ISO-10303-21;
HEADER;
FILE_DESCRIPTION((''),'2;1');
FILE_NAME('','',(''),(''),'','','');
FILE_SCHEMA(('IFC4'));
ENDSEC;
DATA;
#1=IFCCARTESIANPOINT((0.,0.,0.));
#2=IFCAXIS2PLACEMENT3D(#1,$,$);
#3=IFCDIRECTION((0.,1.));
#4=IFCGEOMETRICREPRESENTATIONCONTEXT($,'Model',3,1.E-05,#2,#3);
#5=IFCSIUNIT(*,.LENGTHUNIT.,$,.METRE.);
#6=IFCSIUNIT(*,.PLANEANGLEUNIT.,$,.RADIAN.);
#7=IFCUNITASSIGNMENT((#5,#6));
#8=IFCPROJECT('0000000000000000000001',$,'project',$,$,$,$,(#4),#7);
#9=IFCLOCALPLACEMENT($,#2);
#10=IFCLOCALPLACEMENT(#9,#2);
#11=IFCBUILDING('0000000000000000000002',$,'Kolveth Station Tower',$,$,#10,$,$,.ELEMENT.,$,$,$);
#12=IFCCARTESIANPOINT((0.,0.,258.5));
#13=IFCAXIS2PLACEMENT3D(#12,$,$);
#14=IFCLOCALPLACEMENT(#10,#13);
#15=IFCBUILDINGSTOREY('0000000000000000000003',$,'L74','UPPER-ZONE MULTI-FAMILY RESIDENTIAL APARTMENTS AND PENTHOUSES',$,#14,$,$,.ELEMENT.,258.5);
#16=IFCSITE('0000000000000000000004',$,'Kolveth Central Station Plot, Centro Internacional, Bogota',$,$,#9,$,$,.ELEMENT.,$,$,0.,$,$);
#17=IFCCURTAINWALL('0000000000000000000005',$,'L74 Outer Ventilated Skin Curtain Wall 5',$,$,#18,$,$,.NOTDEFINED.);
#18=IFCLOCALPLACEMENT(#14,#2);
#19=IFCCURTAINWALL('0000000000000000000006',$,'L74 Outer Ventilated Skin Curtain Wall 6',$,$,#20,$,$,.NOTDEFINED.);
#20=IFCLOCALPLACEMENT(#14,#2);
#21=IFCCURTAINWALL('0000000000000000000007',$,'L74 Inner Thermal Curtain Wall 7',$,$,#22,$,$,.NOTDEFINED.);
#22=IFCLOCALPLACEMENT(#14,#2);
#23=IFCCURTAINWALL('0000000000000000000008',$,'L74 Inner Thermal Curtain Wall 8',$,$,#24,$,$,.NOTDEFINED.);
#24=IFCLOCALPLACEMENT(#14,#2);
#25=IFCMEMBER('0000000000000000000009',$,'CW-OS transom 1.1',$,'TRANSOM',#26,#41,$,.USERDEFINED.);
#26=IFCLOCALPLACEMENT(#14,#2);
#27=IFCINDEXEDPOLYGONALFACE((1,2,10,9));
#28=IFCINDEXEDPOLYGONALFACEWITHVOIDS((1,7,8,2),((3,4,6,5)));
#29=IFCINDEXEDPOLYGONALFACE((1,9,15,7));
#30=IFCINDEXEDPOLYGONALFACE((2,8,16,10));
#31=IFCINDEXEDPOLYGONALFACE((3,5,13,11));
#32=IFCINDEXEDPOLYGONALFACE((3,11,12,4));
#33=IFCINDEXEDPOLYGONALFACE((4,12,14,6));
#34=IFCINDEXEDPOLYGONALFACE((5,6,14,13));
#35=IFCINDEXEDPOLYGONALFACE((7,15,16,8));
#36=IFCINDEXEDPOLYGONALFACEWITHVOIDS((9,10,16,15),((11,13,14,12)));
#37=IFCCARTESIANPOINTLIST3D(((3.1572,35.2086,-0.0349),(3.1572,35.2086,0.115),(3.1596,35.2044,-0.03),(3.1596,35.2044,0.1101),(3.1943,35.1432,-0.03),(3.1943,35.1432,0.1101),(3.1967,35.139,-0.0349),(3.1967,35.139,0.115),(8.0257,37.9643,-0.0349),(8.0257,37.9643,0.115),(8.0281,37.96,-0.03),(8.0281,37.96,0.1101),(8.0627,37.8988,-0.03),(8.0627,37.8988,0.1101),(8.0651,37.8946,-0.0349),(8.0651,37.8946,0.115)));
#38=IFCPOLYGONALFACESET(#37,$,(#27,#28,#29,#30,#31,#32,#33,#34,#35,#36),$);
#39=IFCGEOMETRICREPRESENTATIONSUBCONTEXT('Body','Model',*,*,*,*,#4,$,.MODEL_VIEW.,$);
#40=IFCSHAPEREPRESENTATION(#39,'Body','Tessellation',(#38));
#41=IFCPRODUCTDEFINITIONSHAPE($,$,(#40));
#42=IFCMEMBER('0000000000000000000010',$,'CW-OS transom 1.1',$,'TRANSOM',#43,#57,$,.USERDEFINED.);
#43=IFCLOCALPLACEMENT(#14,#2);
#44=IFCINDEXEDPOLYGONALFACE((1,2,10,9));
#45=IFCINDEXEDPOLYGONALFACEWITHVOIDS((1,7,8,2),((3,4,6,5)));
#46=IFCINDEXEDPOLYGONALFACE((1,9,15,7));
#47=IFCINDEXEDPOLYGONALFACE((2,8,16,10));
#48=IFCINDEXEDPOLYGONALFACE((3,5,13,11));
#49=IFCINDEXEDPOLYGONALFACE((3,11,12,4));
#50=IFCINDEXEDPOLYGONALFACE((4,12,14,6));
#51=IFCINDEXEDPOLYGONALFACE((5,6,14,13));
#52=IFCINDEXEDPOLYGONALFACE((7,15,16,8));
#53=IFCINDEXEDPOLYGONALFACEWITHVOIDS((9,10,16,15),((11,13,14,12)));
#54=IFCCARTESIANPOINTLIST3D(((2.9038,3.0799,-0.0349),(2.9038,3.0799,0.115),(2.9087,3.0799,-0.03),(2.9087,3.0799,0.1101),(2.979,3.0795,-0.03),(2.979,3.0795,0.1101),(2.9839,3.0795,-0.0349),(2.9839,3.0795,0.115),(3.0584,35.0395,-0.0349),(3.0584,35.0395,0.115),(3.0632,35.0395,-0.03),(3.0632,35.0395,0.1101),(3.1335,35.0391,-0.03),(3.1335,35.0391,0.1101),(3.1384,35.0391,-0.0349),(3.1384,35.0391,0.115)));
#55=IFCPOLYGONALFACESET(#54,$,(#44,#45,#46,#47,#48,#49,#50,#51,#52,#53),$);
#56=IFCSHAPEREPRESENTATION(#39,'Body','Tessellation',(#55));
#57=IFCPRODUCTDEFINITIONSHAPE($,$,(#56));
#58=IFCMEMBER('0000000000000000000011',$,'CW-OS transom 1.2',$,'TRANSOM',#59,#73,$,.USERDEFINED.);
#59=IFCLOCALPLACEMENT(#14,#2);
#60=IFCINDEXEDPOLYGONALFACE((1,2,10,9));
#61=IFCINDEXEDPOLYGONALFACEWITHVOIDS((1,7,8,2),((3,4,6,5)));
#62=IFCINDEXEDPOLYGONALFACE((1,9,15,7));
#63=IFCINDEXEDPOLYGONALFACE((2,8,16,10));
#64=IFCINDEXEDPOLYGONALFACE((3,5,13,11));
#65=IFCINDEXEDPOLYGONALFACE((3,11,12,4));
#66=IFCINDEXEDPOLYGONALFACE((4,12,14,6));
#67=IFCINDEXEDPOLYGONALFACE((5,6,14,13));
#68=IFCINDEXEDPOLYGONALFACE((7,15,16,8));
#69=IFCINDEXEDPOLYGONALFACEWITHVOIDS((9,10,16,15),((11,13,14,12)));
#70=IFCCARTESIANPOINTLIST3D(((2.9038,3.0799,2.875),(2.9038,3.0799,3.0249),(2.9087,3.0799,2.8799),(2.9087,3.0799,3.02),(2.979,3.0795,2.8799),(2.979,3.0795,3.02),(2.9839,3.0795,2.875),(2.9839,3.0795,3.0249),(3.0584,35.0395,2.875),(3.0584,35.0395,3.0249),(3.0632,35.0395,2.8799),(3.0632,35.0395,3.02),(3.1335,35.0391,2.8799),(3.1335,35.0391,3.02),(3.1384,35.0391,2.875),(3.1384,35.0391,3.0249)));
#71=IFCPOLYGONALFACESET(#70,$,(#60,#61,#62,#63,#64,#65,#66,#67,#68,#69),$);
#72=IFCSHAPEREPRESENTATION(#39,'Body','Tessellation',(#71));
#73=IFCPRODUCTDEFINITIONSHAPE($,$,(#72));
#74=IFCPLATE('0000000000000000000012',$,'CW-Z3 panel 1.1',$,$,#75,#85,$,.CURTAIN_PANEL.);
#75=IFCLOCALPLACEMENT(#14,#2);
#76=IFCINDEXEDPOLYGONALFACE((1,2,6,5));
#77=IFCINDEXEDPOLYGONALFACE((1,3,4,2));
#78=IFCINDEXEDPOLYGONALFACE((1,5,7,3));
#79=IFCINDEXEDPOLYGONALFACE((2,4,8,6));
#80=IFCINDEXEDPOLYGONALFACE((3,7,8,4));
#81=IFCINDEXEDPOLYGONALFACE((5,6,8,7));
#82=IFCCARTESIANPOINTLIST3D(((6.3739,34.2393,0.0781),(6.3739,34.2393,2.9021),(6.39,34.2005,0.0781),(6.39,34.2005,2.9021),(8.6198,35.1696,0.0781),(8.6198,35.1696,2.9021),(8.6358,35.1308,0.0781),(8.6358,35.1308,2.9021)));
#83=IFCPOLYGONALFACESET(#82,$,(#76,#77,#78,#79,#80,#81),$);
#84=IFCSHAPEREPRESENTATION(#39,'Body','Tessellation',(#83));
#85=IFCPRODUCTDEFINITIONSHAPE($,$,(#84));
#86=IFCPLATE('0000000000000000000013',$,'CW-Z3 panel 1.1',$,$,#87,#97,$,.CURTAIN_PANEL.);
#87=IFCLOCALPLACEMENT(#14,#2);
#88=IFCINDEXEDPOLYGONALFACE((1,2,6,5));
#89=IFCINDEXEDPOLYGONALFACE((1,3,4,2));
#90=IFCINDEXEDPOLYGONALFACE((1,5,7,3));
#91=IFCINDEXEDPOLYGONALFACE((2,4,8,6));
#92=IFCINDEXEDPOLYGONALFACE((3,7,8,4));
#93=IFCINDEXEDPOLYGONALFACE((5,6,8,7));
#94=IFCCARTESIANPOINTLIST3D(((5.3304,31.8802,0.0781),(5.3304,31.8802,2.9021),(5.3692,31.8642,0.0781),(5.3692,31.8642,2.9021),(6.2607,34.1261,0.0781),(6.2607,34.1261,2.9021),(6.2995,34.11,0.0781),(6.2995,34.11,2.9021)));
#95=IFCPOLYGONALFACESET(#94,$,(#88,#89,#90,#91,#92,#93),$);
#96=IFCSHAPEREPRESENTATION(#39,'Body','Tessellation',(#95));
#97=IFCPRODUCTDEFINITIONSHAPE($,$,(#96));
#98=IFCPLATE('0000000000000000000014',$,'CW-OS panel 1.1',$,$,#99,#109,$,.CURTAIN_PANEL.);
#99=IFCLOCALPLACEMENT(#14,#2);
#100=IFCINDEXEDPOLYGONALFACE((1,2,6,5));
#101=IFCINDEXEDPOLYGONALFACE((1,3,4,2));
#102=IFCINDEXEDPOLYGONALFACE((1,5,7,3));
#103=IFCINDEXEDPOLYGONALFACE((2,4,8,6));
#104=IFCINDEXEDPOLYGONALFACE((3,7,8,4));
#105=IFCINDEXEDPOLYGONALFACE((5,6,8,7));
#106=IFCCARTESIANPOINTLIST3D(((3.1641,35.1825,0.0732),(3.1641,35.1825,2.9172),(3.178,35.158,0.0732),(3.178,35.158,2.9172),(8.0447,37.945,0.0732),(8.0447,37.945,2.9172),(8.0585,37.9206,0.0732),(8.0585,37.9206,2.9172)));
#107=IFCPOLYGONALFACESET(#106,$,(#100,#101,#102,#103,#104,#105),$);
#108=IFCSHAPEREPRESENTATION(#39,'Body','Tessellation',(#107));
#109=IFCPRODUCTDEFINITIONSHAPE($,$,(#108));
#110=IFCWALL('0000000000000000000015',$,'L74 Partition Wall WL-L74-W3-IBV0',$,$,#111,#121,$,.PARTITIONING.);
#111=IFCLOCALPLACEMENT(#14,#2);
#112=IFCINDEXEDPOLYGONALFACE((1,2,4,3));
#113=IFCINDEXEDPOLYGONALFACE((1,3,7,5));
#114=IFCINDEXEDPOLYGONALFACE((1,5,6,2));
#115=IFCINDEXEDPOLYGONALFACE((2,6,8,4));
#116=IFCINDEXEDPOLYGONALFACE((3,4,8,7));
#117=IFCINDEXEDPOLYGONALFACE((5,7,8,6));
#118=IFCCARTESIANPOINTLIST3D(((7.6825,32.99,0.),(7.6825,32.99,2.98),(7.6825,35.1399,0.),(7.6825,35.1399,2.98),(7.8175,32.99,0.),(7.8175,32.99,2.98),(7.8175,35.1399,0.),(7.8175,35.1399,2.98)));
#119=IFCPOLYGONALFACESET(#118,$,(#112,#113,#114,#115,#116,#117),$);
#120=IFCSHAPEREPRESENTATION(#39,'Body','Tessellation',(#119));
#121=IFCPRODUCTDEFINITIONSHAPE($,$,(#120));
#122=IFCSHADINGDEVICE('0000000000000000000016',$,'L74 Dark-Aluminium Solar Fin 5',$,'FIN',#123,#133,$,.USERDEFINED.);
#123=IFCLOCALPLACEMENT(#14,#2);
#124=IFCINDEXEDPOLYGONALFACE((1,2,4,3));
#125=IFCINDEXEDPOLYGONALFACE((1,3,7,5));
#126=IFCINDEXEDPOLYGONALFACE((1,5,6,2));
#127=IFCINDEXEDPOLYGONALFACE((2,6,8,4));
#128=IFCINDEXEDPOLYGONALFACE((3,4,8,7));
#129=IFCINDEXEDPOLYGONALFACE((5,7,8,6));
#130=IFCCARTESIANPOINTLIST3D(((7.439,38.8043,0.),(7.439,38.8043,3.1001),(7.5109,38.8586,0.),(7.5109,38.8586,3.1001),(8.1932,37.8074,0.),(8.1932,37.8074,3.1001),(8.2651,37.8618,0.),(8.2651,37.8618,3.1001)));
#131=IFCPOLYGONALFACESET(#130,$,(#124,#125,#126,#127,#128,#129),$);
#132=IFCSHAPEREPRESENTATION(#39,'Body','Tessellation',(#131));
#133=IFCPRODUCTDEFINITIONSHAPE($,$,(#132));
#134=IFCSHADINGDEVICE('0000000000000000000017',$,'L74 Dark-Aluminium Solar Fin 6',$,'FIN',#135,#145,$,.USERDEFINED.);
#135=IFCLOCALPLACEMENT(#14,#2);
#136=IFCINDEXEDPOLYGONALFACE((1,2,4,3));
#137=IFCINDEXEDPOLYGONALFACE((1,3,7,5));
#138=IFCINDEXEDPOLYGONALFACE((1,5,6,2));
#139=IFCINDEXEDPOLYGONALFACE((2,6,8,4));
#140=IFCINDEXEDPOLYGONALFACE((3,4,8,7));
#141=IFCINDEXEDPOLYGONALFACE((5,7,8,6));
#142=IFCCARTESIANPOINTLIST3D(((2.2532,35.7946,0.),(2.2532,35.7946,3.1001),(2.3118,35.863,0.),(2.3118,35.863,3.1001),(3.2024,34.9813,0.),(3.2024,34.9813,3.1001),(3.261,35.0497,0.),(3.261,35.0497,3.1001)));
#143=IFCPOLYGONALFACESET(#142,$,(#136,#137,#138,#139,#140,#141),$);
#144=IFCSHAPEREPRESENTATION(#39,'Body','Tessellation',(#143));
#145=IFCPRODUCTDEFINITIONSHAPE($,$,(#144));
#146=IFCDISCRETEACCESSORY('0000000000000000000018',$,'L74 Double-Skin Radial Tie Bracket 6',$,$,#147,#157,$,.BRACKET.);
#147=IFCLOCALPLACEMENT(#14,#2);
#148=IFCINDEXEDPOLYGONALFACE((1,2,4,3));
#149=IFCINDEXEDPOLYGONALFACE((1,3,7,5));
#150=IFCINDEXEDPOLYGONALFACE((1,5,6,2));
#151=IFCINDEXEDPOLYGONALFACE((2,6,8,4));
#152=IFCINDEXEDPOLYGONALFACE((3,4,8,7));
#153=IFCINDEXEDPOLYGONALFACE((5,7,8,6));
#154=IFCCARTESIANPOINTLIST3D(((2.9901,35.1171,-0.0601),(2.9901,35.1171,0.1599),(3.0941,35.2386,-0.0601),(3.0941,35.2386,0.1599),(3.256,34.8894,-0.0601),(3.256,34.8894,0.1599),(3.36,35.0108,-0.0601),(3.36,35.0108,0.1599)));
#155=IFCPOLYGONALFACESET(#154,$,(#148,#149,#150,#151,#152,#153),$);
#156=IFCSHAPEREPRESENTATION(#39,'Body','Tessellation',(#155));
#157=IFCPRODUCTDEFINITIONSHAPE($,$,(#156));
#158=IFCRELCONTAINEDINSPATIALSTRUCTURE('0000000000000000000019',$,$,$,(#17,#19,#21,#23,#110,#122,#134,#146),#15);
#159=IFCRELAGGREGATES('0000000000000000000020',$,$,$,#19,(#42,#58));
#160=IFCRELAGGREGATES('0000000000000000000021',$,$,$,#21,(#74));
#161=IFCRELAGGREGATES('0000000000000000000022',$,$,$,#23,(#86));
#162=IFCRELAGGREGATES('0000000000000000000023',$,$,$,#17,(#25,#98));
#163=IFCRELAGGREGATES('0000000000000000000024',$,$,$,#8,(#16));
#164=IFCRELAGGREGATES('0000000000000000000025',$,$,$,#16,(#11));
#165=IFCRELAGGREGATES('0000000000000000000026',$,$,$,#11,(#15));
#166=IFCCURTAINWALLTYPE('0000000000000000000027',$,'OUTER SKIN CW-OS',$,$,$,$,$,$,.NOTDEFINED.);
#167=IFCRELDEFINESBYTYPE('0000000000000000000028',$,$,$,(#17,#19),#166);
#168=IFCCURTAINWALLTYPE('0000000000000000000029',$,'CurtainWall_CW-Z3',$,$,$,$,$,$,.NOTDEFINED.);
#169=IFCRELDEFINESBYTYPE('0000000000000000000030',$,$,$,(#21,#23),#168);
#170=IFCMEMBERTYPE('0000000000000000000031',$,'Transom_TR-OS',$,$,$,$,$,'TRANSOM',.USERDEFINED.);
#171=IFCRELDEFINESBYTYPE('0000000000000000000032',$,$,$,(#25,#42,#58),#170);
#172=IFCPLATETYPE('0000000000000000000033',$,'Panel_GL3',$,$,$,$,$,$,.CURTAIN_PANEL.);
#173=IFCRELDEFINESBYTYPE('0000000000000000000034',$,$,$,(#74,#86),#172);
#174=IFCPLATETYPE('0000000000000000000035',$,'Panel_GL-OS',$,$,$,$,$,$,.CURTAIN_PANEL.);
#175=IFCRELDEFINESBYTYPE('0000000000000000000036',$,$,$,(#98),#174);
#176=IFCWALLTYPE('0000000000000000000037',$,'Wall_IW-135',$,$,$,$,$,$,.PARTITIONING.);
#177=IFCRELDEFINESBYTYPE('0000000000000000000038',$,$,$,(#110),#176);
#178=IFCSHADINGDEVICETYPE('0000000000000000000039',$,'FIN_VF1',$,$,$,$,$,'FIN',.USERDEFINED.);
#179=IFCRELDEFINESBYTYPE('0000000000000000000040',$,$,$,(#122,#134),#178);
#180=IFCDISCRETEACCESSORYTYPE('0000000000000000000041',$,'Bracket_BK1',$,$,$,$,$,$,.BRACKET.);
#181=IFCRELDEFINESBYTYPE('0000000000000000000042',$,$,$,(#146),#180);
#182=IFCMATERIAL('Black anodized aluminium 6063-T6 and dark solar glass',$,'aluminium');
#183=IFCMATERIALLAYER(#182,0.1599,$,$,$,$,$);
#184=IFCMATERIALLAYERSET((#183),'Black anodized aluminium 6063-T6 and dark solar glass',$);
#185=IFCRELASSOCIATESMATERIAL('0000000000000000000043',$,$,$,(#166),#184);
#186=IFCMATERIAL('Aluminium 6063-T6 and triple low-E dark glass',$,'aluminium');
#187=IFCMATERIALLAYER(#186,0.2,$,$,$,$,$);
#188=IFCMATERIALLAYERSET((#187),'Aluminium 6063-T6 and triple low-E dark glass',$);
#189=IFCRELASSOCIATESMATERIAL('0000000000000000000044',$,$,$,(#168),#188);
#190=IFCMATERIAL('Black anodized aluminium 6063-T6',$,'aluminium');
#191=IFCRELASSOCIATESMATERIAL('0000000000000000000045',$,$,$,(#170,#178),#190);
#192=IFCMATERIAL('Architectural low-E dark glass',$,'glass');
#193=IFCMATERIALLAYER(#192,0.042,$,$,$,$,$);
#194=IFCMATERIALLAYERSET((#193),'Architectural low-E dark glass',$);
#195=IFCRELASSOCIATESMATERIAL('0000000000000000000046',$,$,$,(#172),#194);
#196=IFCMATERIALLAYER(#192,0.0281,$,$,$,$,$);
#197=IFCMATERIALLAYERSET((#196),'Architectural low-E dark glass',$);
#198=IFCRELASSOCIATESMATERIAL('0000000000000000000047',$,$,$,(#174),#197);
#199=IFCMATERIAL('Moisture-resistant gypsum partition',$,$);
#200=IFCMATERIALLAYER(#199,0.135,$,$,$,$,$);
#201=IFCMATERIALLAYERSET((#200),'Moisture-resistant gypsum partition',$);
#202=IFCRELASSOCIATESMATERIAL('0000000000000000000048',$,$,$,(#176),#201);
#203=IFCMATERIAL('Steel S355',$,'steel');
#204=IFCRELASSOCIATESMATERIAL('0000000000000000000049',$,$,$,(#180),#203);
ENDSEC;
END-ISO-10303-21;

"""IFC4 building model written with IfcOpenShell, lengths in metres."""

from ifc_helpers import new_model, si_unit, direction, frame, frame_2d, origin, origin_2d, place, context, subcontext, project, spatial, rectangle, hollow_rectangle, extrude, source, transform, mapped, material, layer, layer_set, material_profile, profile_set, type_object, element, aggregate, save


model = new_model("IFC4")

# Units and contexts
model_context = context("Model", 3, precision=1e-05, world=origin(), true_north=direction((0.0, 1.0)))
body_context = subcontext(model_context, "Body", "Model", "MODEL_VIEW")
ifc_project = project(units=[si_unit("LENGTHUNIT", "METRE"), si_unit("PLANEANGLEUNIT", "RADIAN")], contexts=[model_context])

# Site, building, storey
site_placement = place(None, origin())
site = spatial("IfcSite", under=ifc_project, at=site_placement, Name="Kolveth Central Station Plot, Centro Internacional, Bogota", CompositionType="ELEMENT", RefElevation=0.0)
building_placement = place(site_placement, origin())
building = spatial("IfcBuilding", under=site, at=building_placement, Name="Kolveth Station Tower", CompositionType="ELEMENT")
storey_placement = place(building_placement, frame((0.0, 0.0, 258.5)))
storey = spatial("IfcBuildingStorey", under=building, at=storey_placement, Name="L74", Description="UPPER-ZONE MULTI-FAMILY RESIDENTIAL APARTMENTS AND PENTHOUSES", CompositionType="ELEMENT", Elevation=258.5)

# Curtain walls
ifc_material_1 = material(Name="Black anodized aluminium 6063-T6 and dark solar glass", Category="aluminium")
ifc_layer_1 = layer(ifc_material_1, 0.1599)
ifc_layer_set_1 = layer_set([ifc_layer_1], Name="Black anodized aluminium 6063-T6 and dark solar glass")
curtain_wall_type_1 = type_object("IfcCurtainWallType", Name="OUTER SKIN CW-OS", PredefinedType="NOTDEFINED", material=ifc_layer_set_1)
curtain_wall_1_placement = place(storey_placement, origin())
curtain_wall_1 = element("IfcCurtainWall", 1, at=curtain_wall_1_placement, inside=storey, type_object=curtain_wall_type_1, Name="L74 Outer Ventilated Skin Curtain Wall 5", PredefinedType="NOTDEFINED")
ifc_material_2 = material(Name="Black anodized aluminium 6063-T6", Category="aluminium")
curtain_wall_2_placement = place(storey_placement, origin())
curtain_wall_2 = element("IfcCurtainWall", 2, at=curtain_wall_2_placement, inside=storey, type_object=curtain_wall_type_1, Name="L74 Outer Ventilated Skin Curtain Wall 6", PredefinedType="NOTDEFINED")
ifc_material_3 = material(Name="Aluminium 6063-T6 and triple low-E dark glass", Category="aluminium")
ifc_layer_2 = layer(ifc_material_3, 0.2)
ifc_layer_set_2 = layer_set([ifc_layer_2], Name="Aluminium 6063-T6 and triple low-E dark glass")
curtain_wall_type_2 = type_object("IfcCurtainWallType", Name="CurtainWall_CW-Z3", PredefinedType="NOTDEFINED", material=ifc_layer_set_2)
curtain_wall_3_placement = place(storey_placement, origin())
curtain_wall_3 = element("IfcCurtainWall", 3, at=curtain_wall_3_placement, inside=storey, type_object=curtain_wall_type_2, Name="L74 Inner Thermal Curtain Wall 7", PredefinedType="NOTDEFINED")

# Curtain wall
curtain_wall_4_placement = place(storey_placement, origin())
curtain_wall_4 = element("IfcCurtainWall", 4, at=curtain_wall_4_placement, inside=storey, type_object=curtain_wall_type_2, Name="L74 Inner Thermal Curtain Wall 8", PredefinedType="NOTDEFINED")

# Members
ifc_material_profile_1 = material_profile(ifc_material_2, hollow_rectangle(XDim=0.0801, YDim=0.1499, WallThickness=0.0049, at=origin_2d()), Name="ALU-80x150x5")
ifc_profile_set_1 = profile_set([ifc_material_profile_1], Name="Black anodized aluminium 6063-T6")
member_type_1 = type_object("IfcMemberType", Name="Transom_TR-OS", ElementType="TRANSOM", PredefinedType="USERDEFINED", material=ifc_profile_set_1)
shared_shape_1 = source(origin(), body_context, "Body", "SweptSolid", [
    extrude(hollow_rectangle(XDim=0.0801, YDim=0.1499, WallThickness=0.0049, at=origin_2d()), origin(), (0.0, 0.0, 1.0), 5.5942),
])
member_1_placement = place(storey_placement, frame((8.0454, 37.9294, 0.04), z_axis=(-0.870264, -0.492586, 0.0), x_axis=(0.492586, -0.870264, 0.0)))
member_1 = element("IfcMember", 5, at=member_1_placement, type_object=member_type_1, Name="CW-OS transom 1.1", ObjectType="TRANSOM", PredefinedType="USERDEFINED", context=body_context, shape_type="MappedRepresentation", body=[
    mapped(shared_shape_1, transform((0.0, 0.0, 0.0), x_axis=(1.0, 0.0, 0.0), y_axis=(0.0, 1.0, 0.0), z_axis=(0.0, 0.0, 1.0), scale=1.0)),
])
shared_shape_2 = source(origin(), body_context, "Body", "SweptSolid", [
    extrude(hollow_rectangle(XDim=0.0801, YDim=0.1499, WallThickness=0.0049, at=origin_2d()), origin(), (0.0, 0.0, 1.0), 31.96),
])
member_2_placement = place(storey_placement, frame((3.0984, 35.0393, 0.04), z_axis=(-0.004835, -0.999988, 0.0), x_axis=(0.999988, -0.004835, 0.0)))
member_2 = element("IfcMember", 6, at=member_2_placement, type_object=member_type_1, Name="CW-OS transom 1.1", ObjectType="TRANSOM", PredefinedType="USERDEFINED", context=body_context, shape_type="MappedRepresentation", body=[
    mapped(shared_shape_2, transform((0.0, 0.0, 0.0), x_axis=(1.0, 0.0, 0.0), y_axis=(0.0, 1.0, 0.0), z_axis=(0.0, 0.0, 1.0), scale=1.0)),
])
member_3_placement = place(storey_placement, frame((3.0984, 35.0393, 2.95), z_axis=(-0.004835, -0.999988, 0.0), x_axis=(0.999988, -0.004835, 0.0)))
member_3 = element("IfcMember", 7, at=member_3_placement, type_object=member_type_1, Name="CW-OS transom 1.2", ObjectType="TRANSOM", PredefinedType="USERDEFINED", context=body_context, shape_type="MappedRepresentation", body=[
    mapped(shared_shape_2, transform((0.0, 0.0, 0.0), x_axis=(1.0, 0.0, 0.0), y_axis=(0.0, 1.0, 0.0), z_axis=(0.0, 0.0, 1.0), scale=1.0)),
])
aggregate(curtain_wall_2, [member_2, member_3])

# Plates
ifc_material_4 = material(Name="Architectural low-E dark glass", Category="glass")
ifc_layer_3 = layer(ifc_material_4, 0.042)
ifc_layer_set_3 = layer_set([ifc_layer_3], Name="Architectural low-E dark glass")
plate_type_1 = type_object("IfcPlateType", Name="Panel_GL3", PredefinedType="CURTAIN_PANEL", material=ifc_layer_set_3)
shared_shape_3 = source(origin(), body_context, "Body", "SweptSolid", [
    extrude(rectangle(XDim=2.4309, YDim=0.042, at=origin_2d()), origin(), (0.0, 0.0, 1.0), 2.824),
])
plate_1_placement = place(storey_placement, frame((7.5049, 34.6851, 0.0781), z_axis=(0.0, 0.0, 1.0), x_axis=(-0.923875, -0.382693, 0.0)))
plate_1 = element("IfcPlate", 8, at=plate_1_placement, type_object=plate_type_1, Name="CW-Z3 panel 1.1", PredefinedType="CURTAIN_PANEL", context=body_context, shape_type="MappedRepresentation", body=[
    mapped(shared_shape_3, transform((0.0, 0.0, 0.0), x_axis=(1.0, 0.0, 0.0), y_axis=(0.0, 1.0, 0.0), z_axis=(0.0, 0.0, 1.0), scale=1.0)),
])
aggregate(curtain_wall_3, [plate_1])
plate_2_placement = place(storey_placement, frame((5.8149, 32.9951, 0.0781), z_axis=(0.0, 0.0, 1.0), x_axis=(-0.382693, -0.923875, 0.0)))
plate_2 = element("IfcPlate", 9, at=plate_2_placement, type_object=plate_type_1, Name="CW-Z3 panel 1.1", PredefinedType="CURTAIN_PANEL", context=body_context, shape_type="MappedRepresentation", body=[
    mapped(shared_shape_3, transform((0.0, 0.0, 0.0), x_axis=(1.0, 0.0, 0.0), y_axis=(0.0, 1.0, 0.0), z_axis=(0.0, 0.0, 1.0), scale=1.0)),
])
aggregate(curtain_wall_4, [plate_2])
ifc_layer_4 = layer(ifc_material_4, 0.0281)
ifc_layer_set_4 = layer_set([ifc_layer_4], Name="Architectural low-E dark glass")
plate_type_2 = type_object("IfcPlateType", Name="Panel_GL-OS", PredefinedType="CURTAIN_PANEL", material=ifc_layer_set_4)
shared_shape_4 = source(origin(), body_context, "Body", "SweptSolid", [
    extrude(rectangle(XDim=5.6082, YDim=0.0281, at=origin_2d()), origin(), (0.0, 0.0, 1.0), 2.844),
])
plate_3_placement = place(storey_placement, frame((5.6113, 36.5515, 0.0732), z_axis=(0.0, 0.0, 1.0), x_axis=(-0.87026, -0.492593, 0.0)))
plate_3 = element("IfcPlate", 10, at=plate_3_placement, type_object=plate_type_2, Name="CW-OS panel 1.1", PredefinedType="CURTAIN_PANEL", context=body_context, shape_type="MappedRepresentation", body=[
    mapped(shared_shape_4, transform((0.0, 0.0, 0.0), x_axis=(1.0, 0.0, 0.0), y_axis=(0.0, 1.0, 0.0), z_axis=(0.0, 0.0, 1.0), scale=1.0)),
])
aggregate(curtain_wall_1, [member_1, plate_3])

# Shared definitions
ifc_material_5 = material(Name="Moisture-resistant gypsum partition")
ifc_layer_5 = layer(ifc_material_5, 0.135)
ifc_layer_set_5 = layer_set([ifc_layer_5], Name="Moisture-resistant gypsum partition")
wall_type = type_object("IfcWallType", Name="Wall_IW-135", PredefinedType="PARTITIONING", material=ifc_layer_set_5)

# Wall
wall_1_placement = place(storey_placement, frame((7.75, 32.99, 0.0), z_axis=(0.0, 0.0, 1.0), x_axis=(0.0, 1.0, 0.0)))
element("IfcWall", 11, at=wall_1_placement, inside=storey, type_object=wall_type, Name="L74 Partition Wall WL-L74-W3-IBV0", PredefinedType="PARTITIONING", context=body_context, shape_type="SweptSolid", body=[
    extrude(rectangle(XDim=2.1499, YDim=0.135, at=frame_2d((1.075, 0.0))), origin(), (0.0, 0.0, 1.0), 2.98),
])

# Shading devices
shading_device_type = type_object("IfcShadingDeviceType", Name="FIN_VF1", ElementType="FIN", PredefinedType="USERDEFINED", material=ifc_material_2)
shared_shape_5 = source(origin(), body_context, "Body", "SweptSolid", [
    extrude(rectangle(XDim=1.25, YDim=0.0901, at=origin_2d()), origin(), (0.0, 0.0, 1.0), 3.1001),
])
for number, where, z_axis, x_axis, name in (
    (12, (7.8521, 38.333, 0.0), (0.0, 0.0, 1.0), (-0.603347, 0.797479, 0.0), "L74 Dark-Aluminium Solar Fin 5"),
    (13, (2.7571, 35.4221, 0.0), (0.0, 0.0, 1.0), (-0.759385, 0.650642, 0.0), "L74 Dark-Aluminium Solar Fin 6"),
):
    element("IfcShadingDevice", number, at=place(storey_placement, frame(where, z_axis=z_axis, x_axis=x_axis)), inside=storey, type_object=shading_device_type, Name=name, ObjectType="FIN", PredefinedType="USERDEFINED", context=body_context, shape_type="MappedRepresentation", body=[
        mapped(shared_shape_5, transform((0.0, 0.0, 0.0), x_axis=(1.0, 0.0, 0.0), y_axis=(0.0, 1.0, 0.0), z_axis=(0.0, 0.0, 1.0), scale=1.0)),
    ])

# Discrete accessory
ifc_material_6 = material(Name="Steel S355", Category="steel")
discrete_accessory_type = type_object("IfcDiscreteAccessoryType", Name="Bracket_BK1", PredefinedType="BRACKET", material=ifc_material_6)
shared_shape_6 = source(origin(), body_context, "Body", "SweptSolid", [
    extrude(rectangle(XDim=0.3501, YDim=0.1599, at=origin_2d()), origin(), (0.0, 0.0, 1.0), 0.22),
])
discrete_accessory_placement = place(storey_placement, frame((3.175, 35.064, -0.0601), z_axis=(0.0, 0.0, 1.0), x_axis=(-0.759385, 0.650642, 0.0)))
element("IfcDiscreteAccessory", 14, at=discrete_accessory_placement, inside=storey, type_object=discrete_accessory_type, Name="L74 Double-Skin Radial Tie Bracket 6", PredefinedType="BRACKET", context=body_context, shape_type="MappedRepresentation", body=[
    mapped(shared_shape_6, transform((0.0, 0.0, 0.0), x_axis=(1.0, 0.0, 0.0), y_axis=(0.0, 1.0, 0.0), z_axis=(0.0, 0.0, 1.0), scale=1.0)),
])

save(model, "model.ifc")
